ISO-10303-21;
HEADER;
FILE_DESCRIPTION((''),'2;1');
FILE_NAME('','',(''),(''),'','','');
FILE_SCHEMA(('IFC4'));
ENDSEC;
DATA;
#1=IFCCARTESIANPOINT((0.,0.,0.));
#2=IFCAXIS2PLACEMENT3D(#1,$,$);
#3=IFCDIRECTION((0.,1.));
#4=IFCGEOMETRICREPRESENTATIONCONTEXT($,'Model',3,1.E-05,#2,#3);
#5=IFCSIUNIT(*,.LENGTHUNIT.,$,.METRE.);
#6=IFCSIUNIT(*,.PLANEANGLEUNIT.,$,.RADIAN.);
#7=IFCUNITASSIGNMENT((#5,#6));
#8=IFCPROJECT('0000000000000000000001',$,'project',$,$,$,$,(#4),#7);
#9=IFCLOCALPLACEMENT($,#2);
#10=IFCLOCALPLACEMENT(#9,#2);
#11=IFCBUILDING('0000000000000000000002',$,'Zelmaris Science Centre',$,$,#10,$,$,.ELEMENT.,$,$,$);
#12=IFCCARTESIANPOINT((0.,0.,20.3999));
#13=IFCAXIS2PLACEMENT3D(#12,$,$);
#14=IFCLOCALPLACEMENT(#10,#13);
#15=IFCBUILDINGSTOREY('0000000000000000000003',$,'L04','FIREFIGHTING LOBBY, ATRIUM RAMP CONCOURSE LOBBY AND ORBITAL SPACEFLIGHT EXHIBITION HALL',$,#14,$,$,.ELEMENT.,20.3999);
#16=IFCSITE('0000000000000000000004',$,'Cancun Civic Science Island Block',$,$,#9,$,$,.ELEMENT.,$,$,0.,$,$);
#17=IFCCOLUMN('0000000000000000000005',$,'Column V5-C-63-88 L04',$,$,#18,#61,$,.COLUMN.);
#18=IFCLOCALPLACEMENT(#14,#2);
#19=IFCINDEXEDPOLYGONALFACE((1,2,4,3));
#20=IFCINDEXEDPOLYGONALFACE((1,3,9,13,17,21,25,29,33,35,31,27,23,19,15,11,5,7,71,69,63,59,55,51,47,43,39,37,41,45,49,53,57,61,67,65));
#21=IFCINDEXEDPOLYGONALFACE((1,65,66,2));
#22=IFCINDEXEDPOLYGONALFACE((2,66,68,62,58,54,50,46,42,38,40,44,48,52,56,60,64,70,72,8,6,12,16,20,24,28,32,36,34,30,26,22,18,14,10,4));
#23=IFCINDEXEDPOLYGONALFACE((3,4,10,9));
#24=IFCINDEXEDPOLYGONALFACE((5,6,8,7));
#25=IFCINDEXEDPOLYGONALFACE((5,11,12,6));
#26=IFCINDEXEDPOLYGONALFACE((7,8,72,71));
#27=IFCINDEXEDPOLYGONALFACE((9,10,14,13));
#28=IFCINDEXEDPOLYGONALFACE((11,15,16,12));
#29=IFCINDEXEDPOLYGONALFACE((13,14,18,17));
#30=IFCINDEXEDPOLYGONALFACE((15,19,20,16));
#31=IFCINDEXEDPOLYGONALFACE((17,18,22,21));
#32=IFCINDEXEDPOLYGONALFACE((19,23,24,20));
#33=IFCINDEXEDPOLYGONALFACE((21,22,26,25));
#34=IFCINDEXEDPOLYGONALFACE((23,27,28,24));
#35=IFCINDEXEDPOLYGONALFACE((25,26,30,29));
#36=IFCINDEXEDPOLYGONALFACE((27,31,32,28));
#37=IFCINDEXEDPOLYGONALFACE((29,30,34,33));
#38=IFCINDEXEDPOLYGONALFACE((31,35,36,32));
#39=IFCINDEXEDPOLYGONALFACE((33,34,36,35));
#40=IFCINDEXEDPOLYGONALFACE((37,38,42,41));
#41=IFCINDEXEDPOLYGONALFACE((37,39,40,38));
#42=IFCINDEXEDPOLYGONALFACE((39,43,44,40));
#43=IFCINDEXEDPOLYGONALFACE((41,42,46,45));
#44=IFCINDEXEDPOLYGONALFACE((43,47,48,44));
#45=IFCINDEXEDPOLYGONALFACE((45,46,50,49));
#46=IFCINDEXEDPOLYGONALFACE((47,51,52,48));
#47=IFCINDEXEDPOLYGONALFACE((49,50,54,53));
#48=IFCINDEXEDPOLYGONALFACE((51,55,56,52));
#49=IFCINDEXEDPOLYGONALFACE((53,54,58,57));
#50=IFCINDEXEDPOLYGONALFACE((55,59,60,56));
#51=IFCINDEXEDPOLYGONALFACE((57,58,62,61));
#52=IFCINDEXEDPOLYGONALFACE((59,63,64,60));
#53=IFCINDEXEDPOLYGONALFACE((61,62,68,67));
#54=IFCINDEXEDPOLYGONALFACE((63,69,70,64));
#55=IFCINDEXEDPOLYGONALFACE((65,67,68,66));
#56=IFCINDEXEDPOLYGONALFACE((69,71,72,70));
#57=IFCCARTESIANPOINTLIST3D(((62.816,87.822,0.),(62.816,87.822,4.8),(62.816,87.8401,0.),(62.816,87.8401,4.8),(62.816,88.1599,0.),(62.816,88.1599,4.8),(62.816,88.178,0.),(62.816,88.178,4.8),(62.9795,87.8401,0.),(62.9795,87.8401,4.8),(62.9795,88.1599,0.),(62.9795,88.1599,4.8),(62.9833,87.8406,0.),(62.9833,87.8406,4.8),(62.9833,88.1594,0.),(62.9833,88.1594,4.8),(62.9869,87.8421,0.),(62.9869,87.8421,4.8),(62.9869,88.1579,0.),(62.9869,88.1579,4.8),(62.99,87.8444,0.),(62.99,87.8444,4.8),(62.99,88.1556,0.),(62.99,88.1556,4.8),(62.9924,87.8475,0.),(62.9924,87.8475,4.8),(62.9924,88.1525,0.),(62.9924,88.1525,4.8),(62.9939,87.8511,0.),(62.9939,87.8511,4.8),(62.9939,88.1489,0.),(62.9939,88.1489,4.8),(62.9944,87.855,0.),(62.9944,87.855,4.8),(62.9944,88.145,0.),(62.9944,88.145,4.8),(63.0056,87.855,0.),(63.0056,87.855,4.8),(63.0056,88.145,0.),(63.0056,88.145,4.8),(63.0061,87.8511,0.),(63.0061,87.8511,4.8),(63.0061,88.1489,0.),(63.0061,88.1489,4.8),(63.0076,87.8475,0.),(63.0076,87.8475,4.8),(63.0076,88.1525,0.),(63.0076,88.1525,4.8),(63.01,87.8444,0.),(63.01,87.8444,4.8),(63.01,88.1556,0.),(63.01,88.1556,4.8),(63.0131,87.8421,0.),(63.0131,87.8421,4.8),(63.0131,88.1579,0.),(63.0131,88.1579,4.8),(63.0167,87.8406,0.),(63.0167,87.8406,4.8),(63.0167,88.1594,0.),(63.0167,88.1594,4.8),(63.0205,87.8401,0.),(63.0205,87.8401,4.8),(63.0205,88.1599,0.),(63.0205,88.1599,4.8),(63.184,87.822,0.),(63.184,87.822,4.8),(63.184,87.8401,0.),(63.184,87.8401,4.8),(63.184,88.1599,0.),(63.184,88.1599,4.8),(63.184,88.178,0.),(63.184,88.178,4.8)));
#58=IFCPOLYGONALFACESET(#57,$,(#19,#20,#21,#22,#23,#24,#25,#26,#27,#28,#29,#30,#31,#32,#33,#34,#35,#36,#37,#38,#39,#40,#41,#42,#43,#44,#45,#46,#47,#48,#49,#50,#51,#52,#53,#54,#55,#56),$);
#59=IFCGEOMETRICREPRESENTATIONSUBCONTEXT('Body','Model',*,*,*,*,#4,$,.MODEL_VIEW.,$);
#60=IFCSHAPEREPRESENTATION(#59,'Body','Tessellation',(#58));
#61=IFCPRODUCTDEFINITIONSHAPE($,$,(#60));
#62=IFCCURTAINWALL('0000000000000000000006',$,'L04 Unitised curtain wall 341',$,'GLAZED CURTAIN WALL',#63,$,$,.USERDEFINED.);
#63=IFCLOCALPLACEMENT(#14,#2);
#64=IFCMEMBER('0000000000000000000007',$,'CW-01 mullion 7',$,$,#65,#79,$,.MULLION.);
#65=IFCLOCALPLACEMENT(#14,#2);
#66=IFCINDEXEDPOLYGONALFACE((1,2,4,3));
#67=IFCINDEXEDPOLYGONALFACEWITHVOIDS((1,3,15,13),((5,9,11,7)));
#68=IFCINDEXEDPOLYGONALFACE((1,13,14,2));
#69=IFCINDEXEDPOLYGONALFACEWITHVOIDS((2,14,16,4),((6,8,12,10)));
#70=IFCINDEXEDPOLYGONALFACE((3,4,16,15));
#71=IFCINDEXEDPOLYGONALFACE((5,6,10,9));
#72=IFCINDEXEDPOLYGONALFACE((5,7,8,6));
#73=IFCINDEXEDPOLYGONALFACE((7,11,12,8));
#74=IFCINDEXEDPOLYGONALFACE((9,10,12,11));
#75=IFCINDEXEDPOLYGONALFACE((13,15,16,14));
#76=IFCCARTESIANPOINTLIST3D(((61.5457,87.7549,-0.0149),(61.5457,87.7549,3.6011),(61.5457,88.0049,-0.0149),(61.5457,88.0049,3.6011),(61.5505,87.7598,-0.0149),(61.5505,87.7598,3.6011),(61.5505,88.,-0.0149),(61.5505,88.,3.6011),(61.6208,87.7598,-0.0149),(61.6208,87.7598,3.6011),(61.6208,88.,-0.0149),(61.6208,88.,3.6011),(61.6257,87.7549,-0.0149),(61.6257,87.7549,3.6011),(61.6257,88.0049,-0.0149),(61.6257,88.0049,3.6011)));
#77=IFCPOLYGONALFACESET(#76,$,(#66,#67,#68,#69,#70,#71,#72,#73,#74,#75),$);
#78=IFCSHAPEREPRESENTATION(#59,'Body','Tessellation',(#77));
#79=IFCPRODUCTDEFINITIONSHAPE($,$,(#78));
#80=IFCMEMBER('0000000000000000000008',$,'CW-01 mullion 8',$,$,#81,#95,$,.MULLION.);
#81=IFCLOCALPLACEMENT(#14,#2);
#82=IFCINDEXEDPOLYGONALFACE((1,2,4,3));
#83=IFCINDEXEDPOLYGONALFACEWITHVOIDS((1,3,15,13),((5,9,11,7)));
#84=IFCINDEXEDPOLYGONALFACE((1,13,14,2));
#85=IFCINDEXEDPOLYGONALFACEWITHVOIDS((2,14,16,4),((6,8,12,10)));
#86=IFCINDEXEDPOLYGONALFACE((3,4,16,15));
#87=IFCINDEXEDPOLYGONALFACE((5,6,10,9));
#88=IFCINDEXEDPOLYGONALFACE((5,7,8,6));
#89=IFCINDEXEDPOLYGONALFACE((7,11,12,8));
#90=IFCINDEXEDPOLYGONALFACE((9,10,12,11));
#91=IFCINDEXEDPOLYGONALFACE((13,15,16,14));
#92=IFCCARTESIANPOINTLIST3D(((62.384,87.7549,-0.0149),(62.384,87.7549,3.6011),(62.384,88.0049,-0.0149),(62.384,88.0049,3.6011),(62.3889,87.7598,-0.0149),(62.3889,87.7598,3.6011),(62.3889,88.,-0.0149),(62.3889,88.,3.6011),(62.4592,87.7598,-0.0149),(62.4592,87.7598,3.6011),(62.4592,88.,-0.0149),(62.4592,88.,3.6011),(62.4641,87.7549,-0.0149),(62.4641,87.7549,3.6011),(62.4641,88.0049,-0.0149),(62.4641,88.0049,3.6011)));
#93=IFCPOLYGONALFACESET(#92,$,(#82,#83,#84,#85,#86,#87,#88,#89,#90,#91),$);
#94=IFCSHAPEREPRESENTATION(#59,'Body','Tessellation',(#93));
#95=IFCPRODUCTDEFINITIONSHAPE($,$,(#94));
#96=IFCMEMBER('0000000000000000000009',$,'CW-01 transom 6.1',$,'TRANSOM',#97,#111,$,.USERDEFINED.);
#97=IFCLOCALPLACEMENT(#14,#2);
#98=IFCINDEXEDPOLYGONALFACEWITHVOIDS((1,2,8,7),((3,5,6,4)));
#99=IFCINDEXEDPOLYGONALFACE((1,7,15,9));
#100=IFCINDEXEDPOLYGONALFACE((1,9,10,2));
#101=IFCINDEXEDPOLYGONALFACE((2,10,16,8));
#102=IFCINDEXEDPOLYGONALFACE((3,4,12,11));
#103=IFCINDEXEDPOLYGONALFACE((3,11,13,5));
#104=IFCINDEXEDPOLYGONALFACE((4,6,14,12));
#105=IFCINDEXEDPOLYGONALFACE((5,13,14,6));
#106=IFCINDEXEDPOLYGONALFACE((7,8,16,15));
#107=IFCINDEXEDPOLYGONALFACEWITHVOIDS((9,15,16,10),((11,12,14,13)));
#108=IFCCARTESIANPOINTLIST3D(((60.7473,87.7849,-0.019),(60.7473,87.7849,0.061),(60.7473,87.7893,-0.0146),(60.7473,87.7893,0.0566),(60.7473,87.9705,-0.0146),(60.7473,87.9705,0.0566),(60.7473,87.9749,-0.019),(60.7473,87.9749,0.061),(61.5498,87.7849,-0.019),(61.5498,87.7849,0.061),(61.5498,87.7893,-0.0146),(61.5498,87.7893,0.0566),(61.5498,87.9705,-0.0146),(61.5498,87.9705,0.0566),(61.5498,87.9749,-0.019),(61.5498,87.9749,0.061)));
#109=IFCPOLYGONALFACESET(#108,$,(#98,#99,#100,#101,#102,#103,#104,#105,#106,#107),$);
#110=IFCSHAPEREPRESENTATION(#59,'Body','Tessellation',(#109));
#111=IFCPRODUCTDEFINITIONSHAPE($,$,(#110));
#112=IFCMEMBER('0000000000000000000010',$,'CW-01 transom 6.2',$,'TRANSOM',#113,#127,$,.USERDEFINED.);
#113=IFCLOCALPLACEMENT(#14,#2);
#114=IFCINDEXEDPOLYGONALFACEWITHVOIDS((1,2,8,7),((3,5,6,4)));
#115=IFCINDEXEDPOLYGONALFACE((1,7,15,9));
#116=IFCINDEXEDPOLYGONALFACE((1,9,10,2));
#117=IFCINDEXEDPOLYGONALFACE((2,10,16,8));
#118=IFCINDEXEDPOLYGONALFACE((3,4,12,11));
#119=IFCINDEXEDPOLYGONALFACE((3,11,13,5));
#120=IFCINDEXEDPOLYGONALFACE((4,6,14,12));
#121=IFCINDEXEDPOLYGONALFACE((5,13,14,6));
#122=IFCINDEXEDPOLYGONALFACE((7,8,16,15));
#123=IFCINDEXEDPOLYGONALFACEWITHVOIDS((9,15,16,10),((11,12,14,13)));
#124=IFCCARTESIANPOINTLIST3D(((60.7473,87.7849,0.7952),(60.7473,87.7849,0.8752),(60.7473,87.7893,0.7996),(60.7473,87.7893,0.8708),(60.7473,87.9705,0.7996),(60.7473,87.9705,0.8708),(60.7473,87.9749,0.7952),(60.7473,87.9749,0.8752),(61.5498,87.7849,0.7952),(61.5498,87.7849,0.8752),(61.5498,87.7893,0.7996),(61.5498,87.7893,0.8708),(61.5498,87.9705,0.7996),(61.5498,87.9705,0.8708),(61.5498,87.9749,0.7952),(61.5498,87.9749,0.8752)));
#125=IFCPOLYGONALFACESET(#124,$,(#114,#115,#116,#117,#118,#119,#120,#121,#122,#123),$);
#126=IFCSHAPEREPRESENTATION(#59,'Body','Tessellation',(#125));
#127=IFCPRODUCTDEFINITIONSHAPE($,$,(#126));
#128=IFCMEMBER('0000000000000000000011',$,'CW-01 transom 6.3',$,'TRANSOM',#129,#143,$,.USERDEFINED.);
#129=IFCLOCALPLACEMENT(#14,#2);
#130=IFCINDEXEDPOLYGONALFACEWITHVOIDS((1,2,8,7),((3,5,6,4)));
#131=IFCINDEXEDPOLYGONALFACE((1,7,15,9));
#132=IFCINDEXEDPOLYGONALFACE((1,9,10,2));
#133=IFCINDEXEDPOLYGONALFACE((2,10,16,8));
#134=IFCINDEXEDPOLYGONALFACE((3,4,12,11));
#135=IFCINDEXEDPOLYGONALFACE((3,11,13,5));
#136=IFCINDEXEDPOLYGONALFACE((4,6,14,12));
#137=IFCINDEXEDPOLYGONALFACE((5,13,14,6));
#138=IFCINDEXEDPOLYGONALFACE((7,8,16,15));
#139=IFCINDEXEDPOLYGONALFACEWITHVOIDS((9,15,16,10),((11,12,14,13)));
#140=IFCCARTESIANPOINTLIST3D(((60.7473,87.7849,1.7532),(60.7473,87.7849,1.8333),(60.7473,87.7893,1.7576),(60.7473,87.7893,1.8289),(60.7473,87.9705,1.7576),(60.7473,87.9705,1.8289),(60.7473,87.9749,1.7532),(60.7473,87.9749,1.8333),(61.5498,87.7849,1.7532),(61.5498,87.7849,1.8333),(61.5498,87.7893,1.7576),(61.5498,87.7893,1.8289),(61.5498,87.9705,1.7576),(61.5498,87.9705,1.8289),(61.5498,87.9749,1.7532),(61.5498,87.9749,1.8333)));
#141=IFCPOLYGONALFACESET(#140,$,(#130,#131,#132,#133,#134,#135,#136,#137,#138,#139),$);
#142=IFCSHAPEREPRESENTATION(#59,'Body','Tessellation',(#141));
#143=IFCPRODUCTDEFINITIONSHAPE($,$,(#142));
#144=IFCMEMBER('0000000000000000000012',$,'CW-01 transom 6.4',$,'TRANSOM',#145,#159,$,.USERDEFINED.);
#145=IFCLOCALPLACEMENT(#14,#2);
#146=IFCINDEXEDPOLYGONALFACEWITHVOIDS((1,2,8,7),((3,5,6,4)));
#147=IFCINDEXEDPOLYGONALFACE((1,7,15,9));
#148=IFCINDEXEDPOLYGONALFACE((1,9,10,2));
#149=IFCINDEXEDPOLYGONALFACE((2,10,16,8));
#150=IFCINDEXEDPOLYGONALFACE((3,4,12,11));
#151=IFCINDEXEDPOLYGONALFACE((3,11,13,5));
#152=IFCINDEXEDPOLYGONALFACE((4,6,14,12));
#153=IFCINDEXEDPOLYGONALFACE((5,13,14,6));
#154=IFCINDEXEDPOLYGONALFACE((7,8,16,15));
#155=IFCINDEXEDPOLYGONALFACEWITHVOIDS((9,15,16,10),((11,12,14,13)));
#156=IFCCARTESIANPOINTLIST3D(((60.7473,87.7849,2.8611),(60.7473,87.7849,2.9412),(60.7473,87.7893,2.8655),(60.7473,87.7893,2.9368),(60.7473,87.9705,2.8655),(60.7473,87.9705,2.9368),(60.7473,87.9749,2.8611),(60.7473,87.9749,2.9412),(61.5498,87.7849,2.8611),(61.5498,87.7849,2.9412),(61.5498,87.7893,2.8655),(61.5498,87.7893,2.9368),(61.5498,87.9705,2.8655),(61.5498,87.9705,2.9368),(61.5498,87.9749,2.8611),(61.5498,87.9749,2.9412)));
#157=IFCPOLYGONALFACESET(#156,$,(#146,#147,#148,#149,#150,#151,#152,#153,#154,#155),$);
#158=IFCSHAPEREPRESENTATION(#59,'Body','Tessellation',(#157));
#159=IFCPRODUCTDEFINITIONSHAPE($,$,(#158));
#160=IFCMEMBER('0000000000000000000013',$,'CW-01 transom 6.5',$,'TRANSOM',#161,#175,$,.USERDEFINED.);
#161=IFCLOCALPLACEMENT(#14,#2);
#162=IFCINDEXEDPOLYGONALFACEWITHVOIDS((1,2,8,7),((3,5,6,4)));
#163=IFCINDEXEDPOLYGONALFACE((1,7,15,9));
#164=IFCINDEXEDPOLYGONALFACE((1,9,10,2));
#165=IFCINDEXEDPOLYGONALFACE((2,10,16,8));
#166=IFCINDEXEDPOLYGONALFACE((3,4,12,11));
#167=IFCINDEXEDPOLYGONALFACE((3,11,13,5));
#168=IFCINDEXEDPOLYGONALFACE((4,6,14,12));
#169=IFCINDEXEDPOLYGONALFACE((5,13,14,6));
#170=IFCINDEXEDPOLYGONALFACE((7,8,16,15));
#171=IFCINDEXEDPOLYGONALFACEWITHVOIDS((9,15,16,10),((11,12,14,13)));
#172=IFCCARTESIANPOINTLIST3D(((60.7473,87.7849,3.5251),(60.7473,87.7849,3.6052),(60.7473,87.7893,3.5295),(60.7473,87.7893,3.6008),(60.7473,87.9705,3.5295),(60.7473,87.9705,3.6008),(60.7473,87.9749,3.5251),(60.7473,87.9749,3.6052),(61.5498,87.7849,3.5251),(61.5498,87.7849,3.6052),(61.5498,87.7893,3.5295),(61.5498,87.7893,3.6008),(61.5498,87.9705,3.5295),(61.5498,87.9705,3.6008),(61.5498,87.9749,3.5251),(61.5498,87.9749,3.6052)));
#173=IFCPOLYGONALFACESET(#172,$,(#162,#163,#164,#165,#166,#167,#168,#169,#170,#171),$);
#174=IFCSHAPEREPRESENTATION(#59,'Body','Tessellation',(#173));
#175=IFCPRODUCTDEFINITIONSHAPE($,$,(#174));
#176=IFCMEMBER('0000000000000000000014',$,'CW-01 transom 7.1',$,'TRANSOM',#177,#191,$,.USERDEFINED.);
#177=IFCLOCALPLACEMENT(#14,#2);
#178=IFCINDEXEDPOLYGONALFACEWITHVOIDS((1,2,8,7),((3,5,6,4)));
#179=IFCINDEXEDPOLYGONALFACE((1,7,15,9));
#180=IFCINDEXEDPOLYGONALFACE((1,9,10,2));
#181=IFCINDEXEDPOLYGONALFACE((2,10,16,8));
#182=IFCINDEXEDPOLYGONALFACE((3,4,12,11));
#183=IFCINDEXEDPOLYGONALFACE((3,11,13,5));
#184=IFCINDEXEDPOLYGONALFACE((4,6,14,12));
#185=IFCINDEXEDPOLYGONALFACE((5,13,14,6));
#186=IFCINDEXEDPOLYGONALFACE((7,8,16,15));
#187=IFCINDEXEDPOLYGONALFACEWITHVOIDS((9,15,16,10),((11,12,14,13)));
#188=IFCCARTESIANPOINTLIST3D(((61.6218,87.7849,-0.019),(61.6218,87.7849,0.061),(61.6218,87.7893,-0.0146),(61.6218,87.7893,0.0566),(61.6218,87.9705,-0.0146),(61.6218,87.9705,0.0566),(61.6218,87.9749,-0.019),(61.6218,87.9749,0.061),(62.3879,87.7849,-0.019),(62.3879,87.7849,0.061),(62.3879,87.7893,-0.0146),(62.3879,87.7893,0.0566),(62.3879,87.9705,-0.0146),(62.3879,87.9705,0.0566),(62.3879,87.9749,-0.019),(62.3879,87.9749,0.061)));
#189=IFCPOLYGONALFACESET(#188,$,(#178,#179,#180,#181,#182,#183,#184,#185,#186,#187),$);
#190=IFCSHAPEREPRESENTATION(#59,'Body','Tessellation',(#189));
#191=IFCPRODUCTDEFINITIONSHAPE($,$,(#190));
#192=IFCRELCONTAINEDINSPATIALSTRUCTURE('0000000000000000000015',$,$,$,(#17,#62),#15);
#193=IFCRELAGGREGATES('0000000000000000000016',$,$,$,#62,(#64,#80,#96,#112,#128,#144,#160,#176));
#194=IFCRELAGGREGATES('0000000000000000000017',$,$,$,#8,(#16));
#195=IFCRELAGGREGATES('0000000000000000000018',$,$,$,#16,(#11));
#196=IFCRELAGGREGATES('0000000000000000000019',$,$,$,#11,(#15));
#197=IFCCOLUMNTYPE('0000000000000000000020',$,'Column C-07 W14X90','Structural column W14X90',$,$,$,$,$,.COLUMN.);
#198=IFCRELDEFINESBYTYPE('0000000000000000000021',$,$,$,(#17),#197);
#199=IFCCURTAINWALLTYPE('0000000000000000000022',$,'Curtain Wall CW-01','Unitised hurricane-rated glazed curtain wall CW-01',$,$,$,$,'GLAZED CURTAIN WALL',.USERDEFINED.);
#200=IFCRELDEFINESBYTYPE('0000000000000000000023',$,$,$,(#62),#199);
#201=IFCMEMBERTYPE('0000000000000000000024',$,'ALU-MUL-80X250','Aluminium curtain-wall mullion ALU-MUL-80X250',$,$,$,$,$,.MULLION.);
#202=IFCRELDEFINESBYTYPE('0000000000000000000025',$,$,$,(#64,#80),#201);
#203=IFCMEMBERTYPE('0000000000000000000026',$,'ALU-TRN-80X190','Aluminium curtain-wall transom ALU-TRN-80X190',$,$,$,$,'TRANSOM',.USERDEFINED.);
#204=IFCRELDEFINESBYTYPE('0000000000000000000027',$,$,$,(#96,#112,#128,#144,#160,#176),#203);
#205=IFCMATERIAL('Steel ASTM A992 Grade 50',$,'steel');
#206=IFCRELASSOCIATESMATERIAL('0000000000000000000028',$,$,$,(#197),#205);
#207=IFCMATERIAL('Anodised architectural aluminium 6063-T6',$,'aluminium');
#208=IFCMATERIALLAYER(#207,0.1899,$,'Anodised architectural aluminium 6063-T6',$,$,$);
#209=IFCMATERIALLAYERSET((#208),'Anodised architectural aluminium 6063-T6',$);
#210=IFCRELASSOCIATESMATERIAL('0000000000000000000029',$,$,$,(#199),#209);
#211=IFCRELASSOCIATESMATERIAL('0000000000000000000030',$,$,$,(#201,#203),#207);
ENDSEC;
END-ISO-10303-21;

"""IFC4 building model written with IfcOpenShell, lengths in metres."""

from ifc_helpers import new_model, si_unit, direction, frame, origin, origin_2d, place, context, subcontext, project, spatial, hollow_rectangle, i_section, extrude, material, layer, layer_set, material_profile, profile_set, type_object, element, aggregate, save


model = new_model("IFC4")

# Units and contexts
model_context = context("Model", 3, precision=1e-05, world=origin(), true_north=direction((0.0, 1.0)))
body_context = subcontext(model_context, "Body", "Model", "MODEL_VIEW")
ifc_project = project(units=[si_unit("LENGTHUNIT", "METRE"), si_unit("PLANEANGLEUNIT", "RADIAN")], contexts=[model_context])

# Site, building, storey
site_placement = place(None, origin())
site = spatial("IfcSite", under=ifc_project, at=site_placement, Name="Cancun Civic Science Island Block", CompositionType="ELEMENT", RefElevation=0.0)
building_placement = place(site_placement, origin())
building = spatial("IfcBuilding", under=site, at=building_placement, Name="Zelmaris Science Centre", CompositionType="ELEMENT")
storey_placement = place(building_placement, frame((0.0, 0.0, 20.3999)))
storey = spatial("IfcBuildingStorey", under=building, at=storey_placement, Name="L04", Description="FIREFIGHTING LOBBY, ATRIUM RAMP CONCOURSE LOBBY AND ORBITAL SPACEFLIGHT EXHIBITION HALL", CompositionType="ELEMENT", Elevation=20.3999)

# Column
ifc_material_1 = material(Name="Steel ASTM A992 Grade 50", Category="steel")
ifc_material_profile_1 = material_profile(ifc_material_1, i_section(OverallWidth=0.3679, OverallDepth=0.356, WebThickness=0.0112, FlangeThickness=0.0181, FilletRadius=0.0149, at=origin_2d()), Name="W14X90")
ifc_profile_set_1 = profile_set([ifc_material_profile_1], Name="Steel ASTM A992 Grade 50")
column_type = type_object("IfcColumnType", Name="Column C-07 W14X90", Description="Structural column W14X90", PredefinedType="COLUMN", material=ifc_profile_set_1)
column_placement = place(storey_placement, frame((63.0, 88.0, 0.0), z_axis=(0.0, 0.0, 1.0), x_axis=(1.0, 0.0, 0.0)))
element("IfcColumn", 1, at=column_placement, inside=storey, type_object=column_type, Name="Column V5-C-63-88 L04", PredefinedType="COLUMN", context=body_context, shape_type="SweptSolid", body=[
    extrude(i_section(OverallWidth=0.3679, OverallDepth=0.356, WebThickness=0.0112, FlangeThickness=0.0181, FilletRadius=0.0149, at=origin_2d()), origin(), (0.0, 0.0, 1.0), 4.8),
])

# Curtain wall, members
ifc_material_2 = material(Name="Anodised architectural aluminium 6063-T6", Category="aluminium")
ifc_layer_1 = layer(ifc_material_2, 0.1899, Name="Anodised architectural aluminium 6063-T6")
ifc_layer_set_1 = layer_set([ifc_layer_1], Name="Anodised architectural aluminium 6063-T6")
curtain_wall_type = type_object("IfcCurtainWallType", Name="Curtain Wall CW-01", Description="Unitised hurricane-rated glazed curtain wall CW-01", ElementType="GLAZED CURTAIN WALL", PredefinedType="USERDEFINED", material=ifc_layer_set_1)
curtain_wall_placement = place(storey_placement, origin())
curtain_wall = element("IfcCurtainWall", 2, at=curtain_wall_placement, inside=storey, type_object=curtain_wall_type, Name="L04 Unitised curtain wall 341", ObjectType="GLAZED CURTAIN WALL", PredefinedType="USERDEFINED")
ifc_material_profile_2 = material_profile(ifc_material_2, hollow_rectangle(XDim=0.0801, YDim=0.25, WallThickness=0.0049, at=origin_2d()), Name="ALU-MUL-80X250")
ifc_profile_set_2 = profile_set([ifc_material_profile_2], Name="Anodised architectural aluminium 6063-T6")
member_type_1 = type_object("IfcMemberType", Name="ALU-MUL-80X250", Description="Aluminium curtain-wall mullion ALU-MUL-80X250", PredefinedType="MULLION", material=ifc_profile_set_2)
member_1_placement = place(storey_placement, frame((61.5857, 87.8799, -0.0149), z_axis=(0.0, 0.0, 1.0), x_axis=(1.0, 0.0, 0.0)))
member_1 = element("IfcMember", 3, at=member_1_placement, type_object=member_type_1, Name="CW-01 mullion 7", PredefinedType="MULLION", context=body_context, shape_type="SweptSolid", body=[
    extrude(hollow_rectangle(XDim=0.0801, YDim=0.25, WallThickness=0.0049, at=origin_2d()), origin(), (0.0, 0.0, 1.0), 3.616),
])
member_2_placement = place(storey_placement, frame((62.4241, 87.8799, -0.0149), z_axis=(0.0, 0.0, 1.0), x_axis=(1.0, 0.0, 0.0)))
member_2 = element("IfcMember", 4, at=member_2_placement, type_object=member_type_1, Name="CW-01 mullion 8", PredefinedType="MULLION", context=body_context, shape_type="SweptSolid", body=[
    extrude(hollow_rectangle(XDim=0.0801, YDim=0.25, WallThickness=0.0049, at=origin_2d()), origin(), (0.0, 0.0, 1.0), 3.616),
])
ifc_material_profile_3 = material_profile(ifc_material_2, hollow_rectangle(XDim=0.0801, YDim=0.1899, WallThickness=0.0044, at=origin_2d()), Name="ALU-TRN-80X190")
ifc_profile_set_3 = profile_set([ifc_material_profile_3], Name="Anodised architectural aluminium 6063-T6")
member_type_2 = type_object("IfcMemberType", Name="ALU-TRN-80X190", Description="Aluminium curtain-wall transom ALU-TRN-80X190", ElementType="TRANSOM", PredefinedType="USERDEFINED", material=ifc_profile_set_3)
member_3_placement = place(storey_placement, frame((60.7473, 87.8799, 0.021), z_axis=(1.0, 0.0, 0.0), x_axis=(0.0, 0.0, 1.0)))
member_3 = element("IfcMember", 5, at=member_3_placement, type_object=member_type_2, Name="CW-01 transom 6.1", ObjectType="TRANSOM", PredefinedType="USERDEFINED", context=body_context, shape_type="SweptSolid", body=[
    extrude(hollow_rectangle(XDim=0.0801, YDim=0.1899, WallThickness=0.0044, at=origin_2d()), origin(), (0.0, 0.0, 1.0), 0.8025),
])
member_4_placement = place(storey_placement, frame((60.7473, 87.8799, 0.8352), z_axis=(1.0, 0.0, 0.0), x_axis=(0.0, 0.0, 1.0)))
member_4 = element("IfcMember", 6, at=member_4_placement, type_object=member_type_2, Name="CW-01 transom 6.2", ObjectType="TRANSOM", PredefinedType="USERDEFINED", context=body_context, shape_type="SweptSolid", body=[
    extrude(hollow_rectangle(XDim=0.0801, YDim=0.1899, WallThickness=0.0044, at=origin_2d()), origin(), (0.0, 0.0, 1.0), 0.8025),
])
member_5_placement = place(storey_placement, frame((60.7473, 87.8799, 1.7932), z_axis=(1.0, 0.0, 0.0), x_axis=(0.0, 0.0, 1.0)))
member_5 = element("IfcMember", 7, at=member_5_placement, type_object=member_type_2, Name="CW-01 transom 6.3", ObjectType="TRANSOM", PredefinedType="USERDEFINED", context=body_context, shape_type="SweptSolid", body=[
    extrude(hollow_rectangle(XDim=0.0801, YDim=0.1899, WallThickness=0.0044, at=origin_2d()), origin(), (0.0, 0.0, 1.0), 0.8025),
])
member_6_placement = place(storey_placement, frame((60.7473, 87.8799, 2.9011), z_axis=(1.0, 0.0, 0.0), x_axis=(0.0, 0.0, 1.0)))
member_6 = element("IfcMember", 8, at=member_6_placement, type_object=member_type_2, Name="CW-01 transom 6.4", ObjectType="TRANSOM", PredefinedType="USERDEFINED", context=body_context, shape_type="SweptSolid", body=[
    extrude(hollow_rectangle(XDim=0.0801, YDim=0.1899, WallThickness=0.0044, at=origin_2d()), origin(), (0.0, 0.0, 1.0), 0.8025),
])
member_7_placement = place(storey_placement, frame((60.7473, 87.8799, 3.5652), z_axis=(1.0, 0.0, 0.0), x_axis=(0.0, 0.0, 1.0)))
member_7 = element("IfcMember", 9, at=member_7_placement, type_object=member_type_2, Name="CW-01 transom 6.5", ObjectType="TRANSOM", PredefinedType="USERDEFINED", context=body_context, shape_type="SweptSolid", body=[
    extrude(hollow_rectangle(XDim=0.0801, YDim=0.1899, WallThickness=0.0044, at=origin_2d()), origin(), (0.0, 0.0, 1.0), 0.8025),
])
member_8_placement = place(storey_placement, frame((61.6218, 87.8799, 0.021), z_axis=(1.0, 0.0, 0.0), x_axis=(0.0, 0.0, 1.0)))
member_8 = element("IfcMember", 10, at=member_8_placement, type_object=member_type_2, Name="CW-01 transom 7.1", ObjectType="TRANSOM", PredefinedType="USERDEFINED", context=body_context, shape_type="SweptSolid", body=[
    extrude(hollow_rectangle(XDim=0.0801, YDim=0.1899, WallThickness=0.0044, at=origin_2d()), origin(), (0.0, 0.0, 1.0), 0.7661),
])
aggregate(curtain_wall, [member_1, member_2, member_3, member_4, member_5, member_6, member_7, member_8])

save(model, "model.ifc")
